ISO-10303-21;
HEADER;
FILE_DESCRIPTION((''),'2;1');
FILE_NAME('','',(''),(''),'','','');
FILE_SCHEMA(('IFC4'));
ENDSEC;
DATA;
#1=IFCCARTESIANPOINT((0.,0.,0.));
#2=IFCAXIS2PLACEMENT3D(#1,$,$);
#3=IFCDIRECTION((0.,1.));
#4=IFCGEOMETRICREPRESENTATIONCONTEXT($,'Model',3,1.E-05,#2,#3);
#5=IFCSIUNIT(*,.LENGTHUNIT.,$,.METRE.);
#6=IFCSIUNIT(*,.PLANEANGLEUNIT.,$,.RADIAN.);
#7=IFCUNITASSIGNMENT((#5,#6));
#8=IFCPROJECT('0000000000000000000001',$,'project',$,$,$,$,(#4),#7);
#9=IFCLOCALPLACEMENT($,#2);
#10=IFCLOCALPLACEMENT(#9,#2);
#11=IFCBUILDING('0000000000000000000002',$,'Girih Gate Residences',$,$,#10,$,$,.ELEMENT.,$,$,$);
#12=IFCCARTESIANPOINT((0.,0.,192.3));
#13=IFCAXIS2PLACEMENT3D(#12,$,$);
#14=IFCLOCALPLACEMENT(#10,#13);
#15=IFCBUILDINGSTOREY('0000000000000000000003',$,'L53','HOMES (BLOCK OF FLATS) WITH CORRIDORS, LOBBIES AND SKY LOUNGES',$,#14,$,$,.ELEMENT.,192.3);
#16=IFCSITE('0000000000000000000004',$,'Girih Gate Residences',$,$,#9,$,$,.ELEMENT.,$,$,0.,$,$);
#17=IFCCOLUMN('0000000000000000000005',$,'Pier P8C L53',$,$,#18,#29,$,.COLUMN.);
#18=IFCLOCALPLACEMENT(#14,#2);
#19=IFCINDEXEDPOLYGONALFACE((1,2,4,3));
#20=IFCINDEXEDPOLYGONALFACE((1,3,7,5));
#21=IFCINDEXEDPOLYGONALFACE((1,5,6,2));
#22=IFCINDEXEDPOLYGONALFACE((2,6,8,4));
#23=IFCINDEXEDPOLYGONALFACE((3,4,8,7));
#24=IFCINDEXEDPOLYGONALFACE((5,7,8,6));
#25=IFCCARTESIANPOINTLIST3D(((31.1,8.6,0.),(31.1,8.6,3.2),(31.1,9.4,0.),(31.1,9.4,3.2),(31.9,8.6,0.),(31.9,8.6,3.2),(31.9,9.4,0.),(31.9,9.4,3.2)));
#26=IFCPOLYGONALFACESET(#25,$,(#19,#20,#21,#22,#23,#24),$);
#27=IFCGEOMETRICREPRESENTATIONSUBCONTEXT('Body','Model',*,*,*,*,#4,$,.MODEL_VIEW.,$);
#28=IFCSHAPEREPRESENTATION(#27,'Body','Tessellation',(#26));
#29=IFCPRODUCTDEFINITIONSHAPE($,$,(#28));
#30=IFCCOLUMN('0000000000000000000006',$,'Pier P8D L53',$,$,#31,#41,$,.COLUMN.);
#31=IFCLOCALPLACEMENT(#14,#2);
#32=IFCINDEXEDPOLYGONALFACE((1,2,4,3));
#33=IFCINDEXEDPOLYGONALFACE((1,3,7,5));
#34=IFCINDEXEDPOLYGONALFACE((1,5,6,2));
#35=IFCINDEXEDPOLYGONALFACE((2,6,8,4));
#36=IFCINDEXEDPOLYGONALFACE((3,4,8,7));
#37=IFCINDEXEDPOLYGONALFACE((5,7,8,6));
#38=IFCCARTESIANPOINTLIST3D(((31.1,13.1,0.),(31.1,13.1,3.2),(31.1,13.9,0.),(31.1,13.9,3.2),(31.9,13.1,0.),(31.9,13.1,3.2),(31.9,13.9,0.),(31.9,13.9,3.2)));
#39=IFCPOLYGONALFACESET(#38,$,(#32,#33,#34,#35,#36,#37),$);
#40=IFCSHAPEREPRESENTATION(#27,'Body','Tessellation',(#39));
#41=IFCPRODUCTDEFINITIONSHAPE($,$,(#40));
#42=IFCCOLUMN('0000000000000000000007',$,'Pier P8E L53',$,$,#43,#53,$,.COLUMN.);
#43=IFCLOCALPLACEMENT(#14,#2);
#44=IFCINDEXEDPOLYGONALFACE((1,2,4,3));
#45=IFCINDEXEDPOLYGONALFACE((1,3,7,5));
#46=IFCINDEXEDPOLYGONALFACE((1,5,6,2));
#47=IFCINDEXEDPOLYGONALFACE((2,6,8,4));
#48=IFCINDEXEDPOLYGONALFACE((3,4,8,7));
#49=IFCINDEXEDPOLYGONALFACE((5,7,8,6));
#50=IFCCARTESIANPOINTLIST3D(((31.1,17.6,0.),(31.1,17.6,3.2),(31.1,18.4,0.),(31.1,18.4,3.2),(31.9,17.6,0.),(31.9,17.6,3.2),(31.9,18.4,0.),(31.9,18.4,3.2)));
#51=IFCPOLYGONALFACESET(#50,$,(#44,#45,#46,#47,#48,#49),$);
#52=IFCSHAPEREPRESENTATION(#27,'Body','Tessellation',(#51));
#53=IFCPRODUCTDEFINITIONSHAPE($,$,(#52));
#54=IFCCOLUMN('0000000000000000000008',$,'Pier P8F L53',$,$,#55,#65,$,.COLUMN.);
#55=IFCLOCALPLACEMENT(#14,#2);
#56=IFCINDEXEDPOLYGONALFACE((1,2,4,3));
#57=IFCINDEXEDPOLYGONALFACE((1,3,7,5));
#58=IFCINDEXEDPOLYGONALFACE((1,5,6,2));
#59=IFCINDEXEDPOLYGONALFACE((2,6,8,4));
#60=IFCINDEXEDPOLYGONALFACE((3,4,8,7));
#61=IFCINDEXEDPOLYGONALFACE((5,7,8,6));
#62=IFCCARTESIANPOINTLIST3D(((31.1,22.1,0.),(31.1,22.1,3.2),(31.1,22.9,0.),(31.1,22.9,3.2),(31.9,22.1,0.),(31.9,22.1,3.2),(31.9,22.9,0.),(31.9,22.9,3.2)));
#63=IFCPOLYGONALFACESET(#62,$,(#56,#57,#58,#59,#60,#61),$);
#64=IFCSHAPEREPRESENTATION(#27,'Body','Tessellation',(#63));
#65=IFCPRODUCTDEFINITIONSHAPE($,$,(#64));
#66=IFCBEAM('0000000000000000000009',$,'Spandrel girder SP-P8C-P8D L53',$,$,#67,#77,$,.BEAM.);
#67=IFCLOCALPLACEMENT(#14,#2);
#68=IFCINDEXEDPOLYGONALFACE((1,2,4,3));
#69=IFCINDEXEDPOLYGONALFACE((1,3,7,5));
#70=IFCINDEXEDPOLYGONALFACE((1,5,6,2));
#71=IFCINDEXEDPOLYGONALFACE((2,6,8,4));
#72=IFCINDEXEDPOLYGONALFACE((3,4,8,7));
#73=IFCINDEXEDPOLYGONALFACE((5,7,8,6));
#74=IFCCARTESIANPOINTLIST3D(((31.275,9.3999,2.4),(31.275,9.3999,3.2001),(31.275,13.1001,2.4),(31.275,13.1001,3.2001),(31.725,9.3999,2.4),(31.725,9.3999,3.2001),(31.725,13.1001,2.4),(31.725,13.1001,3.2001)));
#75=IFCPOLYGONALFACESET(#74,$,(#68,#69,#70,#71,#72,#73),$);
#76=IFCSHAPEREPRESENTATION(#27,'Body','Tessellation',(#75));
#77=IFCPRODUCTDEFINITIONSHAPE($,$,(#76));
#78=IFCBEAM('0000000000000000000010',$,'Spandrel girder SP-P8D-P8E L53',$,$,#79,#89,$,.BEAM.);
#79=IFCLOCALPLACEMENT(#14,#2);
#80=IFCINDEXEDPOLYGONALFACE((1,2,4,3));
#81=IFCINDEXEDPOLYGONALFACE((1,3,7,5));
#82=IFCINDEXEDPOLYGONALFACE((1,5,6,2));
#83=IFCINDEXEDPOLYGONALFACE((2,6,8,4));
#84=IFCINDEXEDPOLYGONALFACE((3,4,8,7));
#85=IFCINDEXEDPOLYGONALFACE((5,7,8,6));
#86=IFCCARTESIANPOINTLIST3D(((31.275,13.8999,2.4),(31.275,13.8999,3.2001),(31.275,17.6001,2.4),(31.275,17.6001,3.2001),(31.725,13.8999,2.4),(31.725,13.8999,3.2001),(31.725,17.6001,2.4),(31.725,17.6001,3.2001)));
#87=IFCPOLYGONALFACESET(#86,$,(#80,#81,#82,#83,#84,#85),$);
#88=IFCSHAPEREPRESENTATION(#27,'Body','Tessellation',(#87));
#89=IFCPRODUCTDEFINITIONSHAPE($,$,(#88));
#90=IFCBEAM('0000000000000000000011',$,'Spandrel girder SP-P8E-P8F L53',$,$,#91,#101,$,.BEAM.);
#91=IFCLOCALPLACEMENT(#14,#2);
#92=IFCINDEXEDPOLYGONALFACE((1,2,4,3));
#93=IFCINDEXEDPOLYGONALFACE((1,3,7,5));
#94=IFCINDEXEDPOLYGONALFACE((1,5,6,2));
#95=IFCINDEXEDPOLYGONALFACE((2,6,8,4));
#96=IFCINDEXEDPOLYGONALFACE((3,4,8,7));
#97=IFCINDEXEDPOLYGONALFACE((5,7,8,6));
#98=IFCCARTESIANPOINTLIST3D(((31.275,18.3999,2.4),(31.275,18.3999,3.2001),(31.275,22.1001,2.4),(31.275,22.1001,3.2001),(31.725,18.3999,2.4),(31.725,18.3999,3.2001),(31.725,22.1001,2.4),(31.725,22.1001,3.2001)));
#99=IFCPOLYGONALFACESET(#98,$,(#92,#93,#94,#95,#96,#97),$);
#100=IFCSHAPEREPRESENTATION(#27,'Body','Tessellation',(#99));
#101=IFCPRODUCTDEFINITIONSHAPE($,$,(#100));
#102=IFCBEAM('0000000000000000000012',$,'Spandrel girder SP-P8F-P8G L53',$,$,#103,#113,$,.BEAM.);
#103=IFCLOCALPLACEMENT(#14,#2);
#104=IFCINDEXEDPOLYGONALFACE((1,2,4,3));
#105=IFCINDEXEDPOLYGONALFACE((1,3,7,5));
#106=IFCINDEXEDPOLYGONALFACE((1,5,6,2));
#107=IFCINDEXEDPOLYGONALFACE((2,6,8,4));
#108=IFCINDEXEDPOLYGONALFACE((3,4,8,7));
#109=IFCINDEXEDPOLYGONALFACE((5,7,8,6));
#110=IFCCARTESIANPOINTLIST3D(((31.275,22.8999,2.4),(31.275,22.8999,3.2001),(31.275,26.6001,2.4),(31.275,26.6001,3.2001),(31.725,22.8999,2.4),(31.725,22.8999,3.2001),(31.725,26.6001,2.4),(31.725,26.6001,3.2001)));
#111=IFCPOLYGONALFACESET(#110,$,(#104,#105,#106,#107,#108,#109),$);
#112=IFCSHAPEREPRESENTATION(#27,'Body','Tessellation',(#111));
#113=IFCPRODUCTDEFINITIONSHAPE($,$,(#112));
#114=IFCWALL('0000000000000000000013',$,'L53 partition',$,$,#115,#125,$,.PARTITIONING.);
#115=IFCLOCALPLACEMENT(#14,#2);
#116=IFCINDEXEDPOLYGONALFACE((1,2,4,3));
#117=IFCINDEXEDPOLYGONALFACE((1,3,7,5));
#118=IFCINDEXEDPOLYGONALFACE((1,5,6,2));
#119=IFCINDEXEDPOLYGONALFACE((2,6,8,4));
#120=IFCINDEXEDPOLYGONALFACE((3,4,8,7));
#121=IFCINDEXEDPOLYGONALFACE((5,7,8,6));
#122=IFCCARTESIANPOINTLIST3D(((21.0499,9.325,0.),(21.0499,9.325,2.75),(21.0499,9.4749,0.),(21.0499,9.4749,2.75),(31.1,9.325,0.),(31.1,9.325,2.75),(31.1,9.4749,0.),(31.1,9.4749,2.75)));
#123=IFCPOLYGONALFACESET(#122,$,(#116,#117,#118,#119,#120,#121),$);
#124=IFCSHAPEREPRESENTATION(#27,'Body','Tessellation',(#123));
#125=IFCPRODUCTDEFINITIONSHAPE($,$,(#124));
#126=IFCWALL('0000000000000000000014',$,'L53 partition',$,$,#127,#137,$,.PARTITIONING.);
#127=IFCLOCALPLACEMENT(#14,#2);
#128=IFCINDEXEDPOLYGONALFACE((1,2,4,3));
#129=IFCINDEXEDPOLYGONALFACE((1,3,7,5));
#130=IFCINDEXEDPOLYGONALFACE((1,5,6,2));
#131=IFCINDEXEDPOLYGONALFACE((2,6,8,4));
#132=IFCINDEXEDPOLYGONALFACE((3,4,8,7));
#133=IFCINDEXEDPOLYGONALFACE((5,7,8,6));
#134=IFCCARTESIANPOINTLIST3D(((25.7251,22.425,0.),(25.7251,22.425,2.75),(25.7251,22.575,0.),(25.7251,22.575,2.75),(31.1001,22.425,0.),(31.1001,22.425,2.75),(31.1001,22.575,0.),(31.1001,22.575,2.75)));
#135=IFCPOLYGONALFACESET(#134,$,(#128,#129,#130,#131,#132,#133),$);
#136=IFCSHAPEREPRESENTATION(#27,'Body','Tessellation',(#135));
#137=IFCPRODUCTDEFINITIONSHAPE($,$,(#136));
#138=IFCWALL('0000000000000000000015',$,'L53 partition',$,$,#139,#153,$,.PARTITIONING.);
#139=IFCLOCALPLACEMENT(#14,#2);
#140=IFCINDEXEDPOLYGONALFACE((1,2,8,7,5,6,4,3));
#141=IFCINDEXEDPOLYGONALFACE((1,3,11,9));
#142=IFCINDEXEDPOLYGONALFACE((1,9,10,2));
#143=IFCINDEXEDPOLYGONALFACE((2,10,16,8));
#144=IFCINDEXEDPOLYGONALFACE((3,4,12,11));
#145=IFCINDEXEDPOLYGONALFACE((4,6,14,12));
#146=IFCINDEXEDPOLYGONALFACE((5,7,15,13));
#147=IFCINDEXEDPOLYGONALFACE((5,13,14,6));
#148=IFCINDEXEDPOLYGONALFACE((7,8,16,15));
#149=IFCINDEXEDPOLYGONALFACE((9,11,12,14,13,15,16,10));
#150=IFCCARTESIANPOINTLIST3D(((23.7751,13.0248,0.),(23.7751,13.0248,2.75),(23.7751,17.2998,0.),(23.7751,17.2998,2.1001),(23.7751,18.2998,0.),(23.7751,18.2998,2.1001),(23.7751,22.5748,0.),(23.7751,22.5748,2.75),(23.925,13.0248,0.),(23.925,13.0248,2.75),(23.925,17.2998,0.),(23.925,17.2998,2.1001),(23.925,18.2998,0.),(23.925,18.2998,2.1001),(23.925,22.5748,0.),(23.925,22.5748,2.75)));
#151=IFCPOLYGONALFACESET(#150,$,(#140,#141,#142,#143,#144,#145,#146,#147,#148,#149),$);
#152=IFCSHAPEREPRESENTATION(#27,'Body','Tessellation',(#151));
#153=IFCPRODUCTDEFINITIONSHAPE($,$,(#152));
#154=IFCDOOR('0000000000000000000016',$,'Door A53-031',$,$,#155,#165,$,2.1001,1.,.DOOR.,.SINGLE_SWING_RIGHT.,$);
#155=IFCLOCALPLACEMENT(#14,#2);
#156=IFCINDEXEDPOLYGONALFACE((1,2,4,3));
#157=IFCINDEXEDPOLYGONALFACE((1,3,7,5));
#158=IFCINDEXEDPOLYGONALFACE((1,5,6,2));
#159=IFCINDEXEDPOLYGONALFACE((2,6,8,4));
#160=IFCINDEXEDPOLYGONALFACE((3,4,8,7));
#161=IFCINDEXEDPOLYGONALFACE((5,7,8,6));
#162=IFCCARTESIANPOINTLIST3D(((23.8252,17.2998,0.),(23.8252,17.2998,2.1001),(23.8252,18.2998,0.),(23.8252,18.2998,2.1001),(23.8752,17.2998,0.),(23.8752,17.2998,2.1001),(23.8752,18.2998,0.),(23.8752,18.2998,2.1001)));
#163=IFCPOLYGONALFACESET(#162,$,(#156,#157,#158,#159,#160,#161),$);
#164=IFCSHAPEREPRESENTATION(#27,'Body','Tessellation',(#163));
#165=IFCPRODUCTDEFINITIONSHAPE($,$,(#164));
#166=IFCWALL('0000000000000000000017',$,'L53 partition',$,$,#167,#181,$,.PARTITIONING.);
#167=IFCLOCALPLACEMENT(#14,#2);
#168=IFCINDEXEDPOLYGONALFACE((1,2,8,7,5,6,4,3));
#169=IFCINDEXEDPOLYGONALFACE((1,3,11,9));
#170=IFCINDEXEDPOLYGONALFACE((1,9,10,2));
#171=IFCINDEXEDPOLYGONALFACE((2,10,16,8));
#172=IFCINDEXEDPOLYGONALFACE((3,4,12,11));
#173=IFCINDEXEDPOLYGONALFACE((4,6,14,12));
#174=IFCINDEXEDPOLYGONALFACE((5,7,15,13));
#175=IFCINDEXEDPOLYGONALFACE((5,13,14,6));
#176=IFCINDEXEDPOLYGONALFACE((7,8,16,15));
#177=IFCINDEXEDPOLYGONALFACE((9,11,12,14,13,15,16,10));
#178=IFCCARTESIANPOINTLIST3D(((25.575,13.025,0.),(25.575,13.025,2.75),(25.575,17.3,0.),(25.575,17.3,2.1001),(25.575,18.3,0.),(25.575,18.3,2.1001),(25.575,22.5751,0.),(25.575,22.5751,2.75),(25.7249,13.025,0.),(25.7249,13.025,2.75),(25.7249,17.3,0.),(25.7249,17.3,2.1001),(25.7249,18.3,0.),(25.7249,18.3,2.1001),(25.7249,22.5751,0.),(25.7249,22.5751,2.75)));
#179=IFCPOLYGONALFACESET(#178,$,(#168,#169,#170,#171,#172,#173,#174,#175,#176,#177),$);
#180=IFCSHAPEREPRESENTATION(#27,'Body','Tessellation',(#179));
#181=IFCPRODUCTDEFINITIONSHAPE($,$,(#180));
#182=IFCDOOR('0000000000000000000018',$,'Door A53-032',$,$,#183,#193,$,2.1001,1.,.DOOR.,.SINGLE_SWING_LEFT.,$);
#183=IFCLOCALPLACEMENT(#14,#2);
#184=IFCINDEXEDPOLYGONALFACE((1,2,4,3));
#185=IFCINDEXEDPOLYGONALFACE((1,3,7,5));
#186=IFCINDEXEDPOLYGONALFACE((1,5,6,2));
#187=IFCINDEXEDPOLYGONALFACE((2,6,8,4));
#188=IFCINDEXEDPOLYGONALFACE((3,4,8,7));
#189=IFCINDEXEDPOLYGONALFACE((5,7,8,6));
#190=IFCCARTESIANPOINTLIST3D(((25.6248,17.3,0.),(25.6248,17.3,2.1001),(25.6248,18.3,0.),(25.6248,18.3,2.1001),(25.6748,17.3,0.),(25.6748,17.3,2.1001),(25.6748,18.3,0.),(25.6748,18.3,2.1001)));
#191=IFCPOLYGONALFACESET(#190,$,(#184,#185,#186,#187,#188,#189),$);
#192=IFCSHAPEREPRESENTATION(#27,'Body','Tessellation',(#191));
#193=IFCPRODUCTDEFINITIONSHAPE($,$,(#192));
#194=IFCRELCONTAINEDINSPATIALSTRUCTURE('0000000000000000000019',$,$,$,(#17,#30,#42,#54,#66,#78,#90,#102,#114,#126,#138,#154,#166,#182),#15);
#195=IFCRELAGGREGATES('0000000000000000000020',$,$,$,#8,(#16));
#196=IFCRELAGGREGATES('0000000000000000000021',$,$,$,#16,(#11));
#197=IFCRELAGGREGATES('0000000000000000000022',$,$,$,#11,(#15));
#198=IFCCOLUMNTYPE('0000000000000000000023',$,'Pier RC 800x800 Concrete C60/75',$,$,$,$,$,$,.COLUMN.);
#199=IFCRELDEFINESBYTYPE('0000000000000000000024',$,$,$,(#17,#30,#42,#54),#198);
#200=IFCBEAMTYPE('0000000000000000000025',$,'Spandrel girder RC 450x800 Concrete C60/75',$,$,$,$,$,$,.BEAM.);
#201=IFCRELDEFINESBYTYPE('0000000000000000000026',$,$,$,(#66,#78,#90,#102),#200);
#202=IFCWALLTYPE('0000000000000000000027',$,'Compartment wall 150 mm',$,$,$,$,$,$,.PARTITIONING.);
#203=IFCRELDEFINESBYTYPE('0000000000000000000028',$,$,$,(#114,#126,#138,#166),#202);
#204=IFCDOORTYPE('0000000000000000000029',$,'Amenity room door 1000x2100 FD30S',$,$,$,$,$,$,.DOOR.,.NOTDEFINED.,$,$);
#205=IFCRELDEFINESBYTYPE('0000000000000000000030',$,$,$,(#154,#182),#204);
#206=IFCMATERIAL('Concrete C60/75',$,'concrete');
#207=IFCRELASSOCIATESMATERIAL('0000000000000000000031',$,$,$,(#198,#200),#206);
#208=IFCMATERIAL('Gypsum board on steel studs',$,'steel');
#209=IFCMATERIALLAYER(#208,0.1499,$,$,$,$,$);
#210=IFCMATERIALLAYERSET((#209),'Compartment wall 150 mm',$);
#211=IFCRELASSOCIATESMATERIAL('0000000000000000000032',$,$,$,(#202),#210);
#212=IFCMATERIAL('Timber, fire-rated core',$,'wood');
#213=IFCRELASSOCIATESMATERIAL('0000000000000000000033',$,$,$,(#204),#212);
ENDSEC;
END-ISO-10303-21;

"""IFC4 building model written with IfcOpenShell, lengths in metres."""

from ifc_helpers import new_model, si_unit, direction, frame, frame_2d, origin, origin_2d, place, context, subcontext, project, spatial, rectangle, extrude, material, layer, layer_set, material_profile, profile_set, type_object, element, fill, save


model = new_model("IFC4")

# Units and contexts
model_context = context("Model", 3, precision=1e-05, world=origin(), true_north=direction((0.0, 1.0)))
body_context = subcontext(model_context, "Body", "Model", "MODEL_VIEW")
ifc_project = project(units=[si_unit("LENGTHUNIT", "METRE"), si_unit("PLANEANGLEUNIT", "RADIAN")], contexts=[model_context])

# Site, building, storey
site_placement = place(None, origin())
site = spatial("IfcSite", under=ifc_project, at=site_placement, Name="Girih Gate Residences", CompositionType="ELEMENT", RefElevation=0.0)
building_placement = place(site_placement, origin())
building = spatial("IfcBuilding", under=site, at=building_placement, Name="Girih Gate Residences", CompositionType="ELEMENT")
storey_placement = place(building_placement, frame((0.0, 0.0, 192.3)))
storey = spatial("IfcBuildingStorey", under=building, at=storey_placement, Name="L53", Description="HOMES (BLOCK OF FLATS) WITH CORRIDORS, LOBBIES AND SKY LOUNGES", CompositionType="ELEMENT", Elevation=192.3)

# Columns
ifc_material_1 = material(Name="Concrete C60/75", Category="concrete")
ifc_material_profile_1 = material_profile(ifc_material_1, rectangle(XDim=0.8, YDim=0.8, at=origin_2d()))
ifc_profile_set_1 = profile_set([ifc_material_profile_1], Name="Concrete C60/75")
column_type = type_object("IfcColumnType", Name="Pier RC 800x800 Concrete C60/75", PredefinedType="COLUMN", material=ifc_profile_set_1)
for number, where, z_axis, x_axis, name in (
    (1, (31.5, 9.0, 0.0), (0.0, 0.0, 1.0), (1.0, 0.0, 0.0), "Pier P8C L53"),
    (2, (31.5, 13.5, 0.0), (0.0, 0.0, 1.0), (1.0, 0.0, 0.0), "Pier P8D L53"),
    (3, (31.5, 18.0, 0.0), (0.0, 0.0, 1.0), (1.0, 0.0, 0.0), "Pier P8E L53"),
    (4, (31.5, 22.5, 0.0), (0.0, 0.0, 1.0), (1.0, 0.0, 0.0), "Pier P8F L53"),
):
    element("IfcColumn", number, at=place(storey_placement, frame(where, z_axis=z_axis, x_axis=x_axis)), inside=storey, type_object=column_type, Name=name, PredefinedType="COLUMN", context=body_context, shape_type="SweptSolid", body=[
        extrude(rectangle(XDim=0.8, YDim=0.8, at=origin_2d()), origin(), (0.0, 0.0, 1.0), 3.2),
    ])

# Beams
ifc_material_profile_2 = material_profile(ifc_material_1, rectangle(XDim=0.45, YDim=0.8, at=origin_2d()))
ifc_profile_set_2 = profile_set([ifc_material_profile_2], Name="Concrete C60/75")
beam_type = type_object("IfcBeamType", Name="Spandrel girder RC 450x800 Concrete C60/75", PredefinedType="BEAM", material=ifc_profile_set_2)
for number, where, z_axis, x_axis, name in (
    (5, (31.5, 9.3999, 2.8), (0.0, 1.0, 0.0), (-1.0, 0.0, 0.0), "Spandrel girder SP-P8C-P8D L53"),
    (6, (31.5, 13.8999, 2.8), (0.0, 1.0, 0.0), (-1.0, 0.0, 0.0), "Spandrel girder SP-P8D-P8E L53"),
    (7, (31.5, 18.3999, 2.8), (0.0, 1.0, 0.0), (-1.0, 0.0, 0.0), "Spandrel girder SP-P8E-P8F L53"),
    (8, (31.5, 22.8999, 2.8), (0.0, 1.0, 0.0), (-1.0, 0.0, 0.0), "Spandrel girder SP-P8F-P8G L53"),
):
    element("IfcBeam", number, at=place(storey_placement, frame(where, z_axis=z_axis, x_axis=x_axis)), inside=storey, type_object=beam_type, Name=name, PredefinedType="BEAM", context=body_context, shape_type="SweptSolid", body=[
        extrude(rectangle(XDim=0.45, YDim=0.8, at=origin_2d()), origin(), (0.0, 0.0, 1.0), 3.7002),
    ])

# Shared definitions
ifc_material_2 = material(Name="Gypsum board on steel studs", Category="steel")
ifc_layer_1 = layer(ifc_material_2, 0.1499)
ifc_layer_set_1 = layer_set([ifc_layer_1], Name="Compartment wall 150 mm")
wall_type_1 = type_object("IfcWallType", Name="Compartment wall 150 mm", PredefinedType="PARTITIONING", material=ifc_layer_set_1)
ifc_material_3 = material(Name="Timber, fire-rated core", Category="wood")

# Walls
wall_1_placement = place(storey_placement, frame((21.05, 9.3999, 0.0), z_axis=(0.0, 0.0, 1.0), x_axis=(1.0, 0.0, 0.0)))
element("IfcWall", 9, at=wall_1_placement, inside=storey, type_object=wall_type_1, Name="L53 partition", PredefinedType="PARTITIONING", context=body_context, shape_type="SweptSolid", body=[
    extrude(rectangle(XDim=10.05, YDim=0.1499, at=frame_2d((5.0249, 0.0))), origin(), (0.0, 0.0, 1.0), 2.75),
])
wall_2_placement = place(storey_placement, frame((25.7251, 22.5, 0.0), z_axis=(0.0, 0.0, 1.0), x_axis=(1.0, 0.0, 0.0)))
element("IfcWall", 10, at=wall_2_placement, inside=storey, type_object=wall_type_1, Name="L53 partition", PredefinedType="PARTITIONING", context=body_context, shape_type="SweptSolid", body=[
    extrude(rectangle(XDim=5.375, YDim=0.1499, at=frame_2d((2.6875, 0.0))), origin(), (0.0, 0.0, 1.0), 2.75),
])

# Walls, openings, doors
wall_3_placement = place(storey_placement, frame((23.8501, 13.0249, 0.0), z_axis=(0.0, 0.0, 1.0), x_axis=(0.0, 1.0, 0.0)))
wall_3 = element("IfcWall", 11, at=wall_3_placement, inside=storey, type_object=wall_type_1, Name="L53 partition", PredefinedType="PARTITIONING", context=body_context, shape_type="SweptSolid", body=[
    extrude(rectangle(XDim=9.55, YDim=0.1499, at=frame_2d((4.7749, 0.0))), origin(), (0.0, 0.0, 1.0), 2.75),
])
opening_1_placement = place(wall_3_placement, frame((4.2749, 0.0, 0.0)))
opening_1 = element("IfcOpeningElement", 12, at=opening_1_placement, cuts=wall_3, PredefinedType="OPENING", context=body_context, shape_type="SweptSolid", body=[
    extrude(rectangle(XDim=1.0, YDim=2.1001, at=frame_2d((0.5, 1.05))), frame((0.0, 0.085, 0.0), z_axis=(0.0, -1.0, 0.0), x_axis=(1.0, 0.0, 0.0)), (0.0, 0.0, 1.0), 0.1699),
])
door_type_1 = type_object("IfcDoorType", Name="Amenity room door 1000x2100 FD30S", OperationType="NOTDEFINED", PredefinedType="DOOR", material=ifc_material_3)
door_1_placement = place(opening_1_placement, origin())
door_1 = element("IfcDoor", 13, at=door_1_placement, inside=storey, type_object=door_type_1, Name="Door A53-031", OperationType="SINGLE_SWING_RIGHT", OverallHeight=2.1001, OverallWidth=1.0, PredefinedType="DOOR", context=body_context, shape_type="SweptSolid", body=[
    extrude(rectangle(XDim=1.0, YDim=2.1001, at=frame_2d((0.5, 1.05))), frame((0.0, 0.0249, 0.0), z_axis=(0.0, -1.0, 0.0), x_axis=(1.0, 0.0, 0.0)), (0.0, 0.0, 1.0), 0.05),
])
fill(opening_1, door_1)
wall_4_placement = place(storey_placement, frame((25.6499, 22.575, 0.0), z_axis=(0.0, 0.0, 1.0), x_axis=(0.0, -1.0, 0.0)))
wall_4 = element("IfcWall", 14, at=wall_4_placement, inside=storey, type_object=wall_type_1, Name="L53 partition", PredefinedType="PARTITIONING", context=body_context, shape_type="SweptSolid", body=[
    extrude(rectangle(XDim=9.55, YDim=0.1499, at=frame_2d((4.7749, 0.0))), origin(), (0.0, 0.0, 1.0), 2.75),
])
opening_2_placement = place(wall_4_placement, frame((4.2749, 0.0, 0.0)))
opening_2 = element("IfcOpeningElement", 15, at=opening_2_placement, cuts=wall_4, PredefinedType="OPENING", context=body_context, shape_type="SweptSolid", body=[
    extrude(rectangle(XDim=1.0, YDim=2.1001, at=frame_2d((0.5, 1.05))), frame((0.0, 0.085, 0.0), z_axis=(0.0, -1.0, 0.0), x_axis=(1.0, 0.0, 0.0)), (0.0, 0.0, 1.0), 0.1699),
])
door_2_placement = place(opening_2_placement, origin())
door_2 = element("IfcDoor", 16, at=door_2_placement, inside=storey, type_object=door_type_1, Name="Door A53-032", OperationType="SINGLE_SWING_LEFT", OverallHeight=2.1001, OverallWidth=1.0, PredefinedType="DOOR", context=body_context, shape_type="SweptSolid", body=[
    extrude(rectangle(XDim=1.0, YDim=2.1001, at=frame_2d((0.5, 1.05))), frame((0.0, 0.0249, 0.0), z_axis=(0.0, -1.0, 0.0), x_axis=(1.0, 0.0, 0.0)), (0.0, 0.0, 1.0), 0.05),
])
fill(opening_2, door_2)

save(model, "model.ifc")
